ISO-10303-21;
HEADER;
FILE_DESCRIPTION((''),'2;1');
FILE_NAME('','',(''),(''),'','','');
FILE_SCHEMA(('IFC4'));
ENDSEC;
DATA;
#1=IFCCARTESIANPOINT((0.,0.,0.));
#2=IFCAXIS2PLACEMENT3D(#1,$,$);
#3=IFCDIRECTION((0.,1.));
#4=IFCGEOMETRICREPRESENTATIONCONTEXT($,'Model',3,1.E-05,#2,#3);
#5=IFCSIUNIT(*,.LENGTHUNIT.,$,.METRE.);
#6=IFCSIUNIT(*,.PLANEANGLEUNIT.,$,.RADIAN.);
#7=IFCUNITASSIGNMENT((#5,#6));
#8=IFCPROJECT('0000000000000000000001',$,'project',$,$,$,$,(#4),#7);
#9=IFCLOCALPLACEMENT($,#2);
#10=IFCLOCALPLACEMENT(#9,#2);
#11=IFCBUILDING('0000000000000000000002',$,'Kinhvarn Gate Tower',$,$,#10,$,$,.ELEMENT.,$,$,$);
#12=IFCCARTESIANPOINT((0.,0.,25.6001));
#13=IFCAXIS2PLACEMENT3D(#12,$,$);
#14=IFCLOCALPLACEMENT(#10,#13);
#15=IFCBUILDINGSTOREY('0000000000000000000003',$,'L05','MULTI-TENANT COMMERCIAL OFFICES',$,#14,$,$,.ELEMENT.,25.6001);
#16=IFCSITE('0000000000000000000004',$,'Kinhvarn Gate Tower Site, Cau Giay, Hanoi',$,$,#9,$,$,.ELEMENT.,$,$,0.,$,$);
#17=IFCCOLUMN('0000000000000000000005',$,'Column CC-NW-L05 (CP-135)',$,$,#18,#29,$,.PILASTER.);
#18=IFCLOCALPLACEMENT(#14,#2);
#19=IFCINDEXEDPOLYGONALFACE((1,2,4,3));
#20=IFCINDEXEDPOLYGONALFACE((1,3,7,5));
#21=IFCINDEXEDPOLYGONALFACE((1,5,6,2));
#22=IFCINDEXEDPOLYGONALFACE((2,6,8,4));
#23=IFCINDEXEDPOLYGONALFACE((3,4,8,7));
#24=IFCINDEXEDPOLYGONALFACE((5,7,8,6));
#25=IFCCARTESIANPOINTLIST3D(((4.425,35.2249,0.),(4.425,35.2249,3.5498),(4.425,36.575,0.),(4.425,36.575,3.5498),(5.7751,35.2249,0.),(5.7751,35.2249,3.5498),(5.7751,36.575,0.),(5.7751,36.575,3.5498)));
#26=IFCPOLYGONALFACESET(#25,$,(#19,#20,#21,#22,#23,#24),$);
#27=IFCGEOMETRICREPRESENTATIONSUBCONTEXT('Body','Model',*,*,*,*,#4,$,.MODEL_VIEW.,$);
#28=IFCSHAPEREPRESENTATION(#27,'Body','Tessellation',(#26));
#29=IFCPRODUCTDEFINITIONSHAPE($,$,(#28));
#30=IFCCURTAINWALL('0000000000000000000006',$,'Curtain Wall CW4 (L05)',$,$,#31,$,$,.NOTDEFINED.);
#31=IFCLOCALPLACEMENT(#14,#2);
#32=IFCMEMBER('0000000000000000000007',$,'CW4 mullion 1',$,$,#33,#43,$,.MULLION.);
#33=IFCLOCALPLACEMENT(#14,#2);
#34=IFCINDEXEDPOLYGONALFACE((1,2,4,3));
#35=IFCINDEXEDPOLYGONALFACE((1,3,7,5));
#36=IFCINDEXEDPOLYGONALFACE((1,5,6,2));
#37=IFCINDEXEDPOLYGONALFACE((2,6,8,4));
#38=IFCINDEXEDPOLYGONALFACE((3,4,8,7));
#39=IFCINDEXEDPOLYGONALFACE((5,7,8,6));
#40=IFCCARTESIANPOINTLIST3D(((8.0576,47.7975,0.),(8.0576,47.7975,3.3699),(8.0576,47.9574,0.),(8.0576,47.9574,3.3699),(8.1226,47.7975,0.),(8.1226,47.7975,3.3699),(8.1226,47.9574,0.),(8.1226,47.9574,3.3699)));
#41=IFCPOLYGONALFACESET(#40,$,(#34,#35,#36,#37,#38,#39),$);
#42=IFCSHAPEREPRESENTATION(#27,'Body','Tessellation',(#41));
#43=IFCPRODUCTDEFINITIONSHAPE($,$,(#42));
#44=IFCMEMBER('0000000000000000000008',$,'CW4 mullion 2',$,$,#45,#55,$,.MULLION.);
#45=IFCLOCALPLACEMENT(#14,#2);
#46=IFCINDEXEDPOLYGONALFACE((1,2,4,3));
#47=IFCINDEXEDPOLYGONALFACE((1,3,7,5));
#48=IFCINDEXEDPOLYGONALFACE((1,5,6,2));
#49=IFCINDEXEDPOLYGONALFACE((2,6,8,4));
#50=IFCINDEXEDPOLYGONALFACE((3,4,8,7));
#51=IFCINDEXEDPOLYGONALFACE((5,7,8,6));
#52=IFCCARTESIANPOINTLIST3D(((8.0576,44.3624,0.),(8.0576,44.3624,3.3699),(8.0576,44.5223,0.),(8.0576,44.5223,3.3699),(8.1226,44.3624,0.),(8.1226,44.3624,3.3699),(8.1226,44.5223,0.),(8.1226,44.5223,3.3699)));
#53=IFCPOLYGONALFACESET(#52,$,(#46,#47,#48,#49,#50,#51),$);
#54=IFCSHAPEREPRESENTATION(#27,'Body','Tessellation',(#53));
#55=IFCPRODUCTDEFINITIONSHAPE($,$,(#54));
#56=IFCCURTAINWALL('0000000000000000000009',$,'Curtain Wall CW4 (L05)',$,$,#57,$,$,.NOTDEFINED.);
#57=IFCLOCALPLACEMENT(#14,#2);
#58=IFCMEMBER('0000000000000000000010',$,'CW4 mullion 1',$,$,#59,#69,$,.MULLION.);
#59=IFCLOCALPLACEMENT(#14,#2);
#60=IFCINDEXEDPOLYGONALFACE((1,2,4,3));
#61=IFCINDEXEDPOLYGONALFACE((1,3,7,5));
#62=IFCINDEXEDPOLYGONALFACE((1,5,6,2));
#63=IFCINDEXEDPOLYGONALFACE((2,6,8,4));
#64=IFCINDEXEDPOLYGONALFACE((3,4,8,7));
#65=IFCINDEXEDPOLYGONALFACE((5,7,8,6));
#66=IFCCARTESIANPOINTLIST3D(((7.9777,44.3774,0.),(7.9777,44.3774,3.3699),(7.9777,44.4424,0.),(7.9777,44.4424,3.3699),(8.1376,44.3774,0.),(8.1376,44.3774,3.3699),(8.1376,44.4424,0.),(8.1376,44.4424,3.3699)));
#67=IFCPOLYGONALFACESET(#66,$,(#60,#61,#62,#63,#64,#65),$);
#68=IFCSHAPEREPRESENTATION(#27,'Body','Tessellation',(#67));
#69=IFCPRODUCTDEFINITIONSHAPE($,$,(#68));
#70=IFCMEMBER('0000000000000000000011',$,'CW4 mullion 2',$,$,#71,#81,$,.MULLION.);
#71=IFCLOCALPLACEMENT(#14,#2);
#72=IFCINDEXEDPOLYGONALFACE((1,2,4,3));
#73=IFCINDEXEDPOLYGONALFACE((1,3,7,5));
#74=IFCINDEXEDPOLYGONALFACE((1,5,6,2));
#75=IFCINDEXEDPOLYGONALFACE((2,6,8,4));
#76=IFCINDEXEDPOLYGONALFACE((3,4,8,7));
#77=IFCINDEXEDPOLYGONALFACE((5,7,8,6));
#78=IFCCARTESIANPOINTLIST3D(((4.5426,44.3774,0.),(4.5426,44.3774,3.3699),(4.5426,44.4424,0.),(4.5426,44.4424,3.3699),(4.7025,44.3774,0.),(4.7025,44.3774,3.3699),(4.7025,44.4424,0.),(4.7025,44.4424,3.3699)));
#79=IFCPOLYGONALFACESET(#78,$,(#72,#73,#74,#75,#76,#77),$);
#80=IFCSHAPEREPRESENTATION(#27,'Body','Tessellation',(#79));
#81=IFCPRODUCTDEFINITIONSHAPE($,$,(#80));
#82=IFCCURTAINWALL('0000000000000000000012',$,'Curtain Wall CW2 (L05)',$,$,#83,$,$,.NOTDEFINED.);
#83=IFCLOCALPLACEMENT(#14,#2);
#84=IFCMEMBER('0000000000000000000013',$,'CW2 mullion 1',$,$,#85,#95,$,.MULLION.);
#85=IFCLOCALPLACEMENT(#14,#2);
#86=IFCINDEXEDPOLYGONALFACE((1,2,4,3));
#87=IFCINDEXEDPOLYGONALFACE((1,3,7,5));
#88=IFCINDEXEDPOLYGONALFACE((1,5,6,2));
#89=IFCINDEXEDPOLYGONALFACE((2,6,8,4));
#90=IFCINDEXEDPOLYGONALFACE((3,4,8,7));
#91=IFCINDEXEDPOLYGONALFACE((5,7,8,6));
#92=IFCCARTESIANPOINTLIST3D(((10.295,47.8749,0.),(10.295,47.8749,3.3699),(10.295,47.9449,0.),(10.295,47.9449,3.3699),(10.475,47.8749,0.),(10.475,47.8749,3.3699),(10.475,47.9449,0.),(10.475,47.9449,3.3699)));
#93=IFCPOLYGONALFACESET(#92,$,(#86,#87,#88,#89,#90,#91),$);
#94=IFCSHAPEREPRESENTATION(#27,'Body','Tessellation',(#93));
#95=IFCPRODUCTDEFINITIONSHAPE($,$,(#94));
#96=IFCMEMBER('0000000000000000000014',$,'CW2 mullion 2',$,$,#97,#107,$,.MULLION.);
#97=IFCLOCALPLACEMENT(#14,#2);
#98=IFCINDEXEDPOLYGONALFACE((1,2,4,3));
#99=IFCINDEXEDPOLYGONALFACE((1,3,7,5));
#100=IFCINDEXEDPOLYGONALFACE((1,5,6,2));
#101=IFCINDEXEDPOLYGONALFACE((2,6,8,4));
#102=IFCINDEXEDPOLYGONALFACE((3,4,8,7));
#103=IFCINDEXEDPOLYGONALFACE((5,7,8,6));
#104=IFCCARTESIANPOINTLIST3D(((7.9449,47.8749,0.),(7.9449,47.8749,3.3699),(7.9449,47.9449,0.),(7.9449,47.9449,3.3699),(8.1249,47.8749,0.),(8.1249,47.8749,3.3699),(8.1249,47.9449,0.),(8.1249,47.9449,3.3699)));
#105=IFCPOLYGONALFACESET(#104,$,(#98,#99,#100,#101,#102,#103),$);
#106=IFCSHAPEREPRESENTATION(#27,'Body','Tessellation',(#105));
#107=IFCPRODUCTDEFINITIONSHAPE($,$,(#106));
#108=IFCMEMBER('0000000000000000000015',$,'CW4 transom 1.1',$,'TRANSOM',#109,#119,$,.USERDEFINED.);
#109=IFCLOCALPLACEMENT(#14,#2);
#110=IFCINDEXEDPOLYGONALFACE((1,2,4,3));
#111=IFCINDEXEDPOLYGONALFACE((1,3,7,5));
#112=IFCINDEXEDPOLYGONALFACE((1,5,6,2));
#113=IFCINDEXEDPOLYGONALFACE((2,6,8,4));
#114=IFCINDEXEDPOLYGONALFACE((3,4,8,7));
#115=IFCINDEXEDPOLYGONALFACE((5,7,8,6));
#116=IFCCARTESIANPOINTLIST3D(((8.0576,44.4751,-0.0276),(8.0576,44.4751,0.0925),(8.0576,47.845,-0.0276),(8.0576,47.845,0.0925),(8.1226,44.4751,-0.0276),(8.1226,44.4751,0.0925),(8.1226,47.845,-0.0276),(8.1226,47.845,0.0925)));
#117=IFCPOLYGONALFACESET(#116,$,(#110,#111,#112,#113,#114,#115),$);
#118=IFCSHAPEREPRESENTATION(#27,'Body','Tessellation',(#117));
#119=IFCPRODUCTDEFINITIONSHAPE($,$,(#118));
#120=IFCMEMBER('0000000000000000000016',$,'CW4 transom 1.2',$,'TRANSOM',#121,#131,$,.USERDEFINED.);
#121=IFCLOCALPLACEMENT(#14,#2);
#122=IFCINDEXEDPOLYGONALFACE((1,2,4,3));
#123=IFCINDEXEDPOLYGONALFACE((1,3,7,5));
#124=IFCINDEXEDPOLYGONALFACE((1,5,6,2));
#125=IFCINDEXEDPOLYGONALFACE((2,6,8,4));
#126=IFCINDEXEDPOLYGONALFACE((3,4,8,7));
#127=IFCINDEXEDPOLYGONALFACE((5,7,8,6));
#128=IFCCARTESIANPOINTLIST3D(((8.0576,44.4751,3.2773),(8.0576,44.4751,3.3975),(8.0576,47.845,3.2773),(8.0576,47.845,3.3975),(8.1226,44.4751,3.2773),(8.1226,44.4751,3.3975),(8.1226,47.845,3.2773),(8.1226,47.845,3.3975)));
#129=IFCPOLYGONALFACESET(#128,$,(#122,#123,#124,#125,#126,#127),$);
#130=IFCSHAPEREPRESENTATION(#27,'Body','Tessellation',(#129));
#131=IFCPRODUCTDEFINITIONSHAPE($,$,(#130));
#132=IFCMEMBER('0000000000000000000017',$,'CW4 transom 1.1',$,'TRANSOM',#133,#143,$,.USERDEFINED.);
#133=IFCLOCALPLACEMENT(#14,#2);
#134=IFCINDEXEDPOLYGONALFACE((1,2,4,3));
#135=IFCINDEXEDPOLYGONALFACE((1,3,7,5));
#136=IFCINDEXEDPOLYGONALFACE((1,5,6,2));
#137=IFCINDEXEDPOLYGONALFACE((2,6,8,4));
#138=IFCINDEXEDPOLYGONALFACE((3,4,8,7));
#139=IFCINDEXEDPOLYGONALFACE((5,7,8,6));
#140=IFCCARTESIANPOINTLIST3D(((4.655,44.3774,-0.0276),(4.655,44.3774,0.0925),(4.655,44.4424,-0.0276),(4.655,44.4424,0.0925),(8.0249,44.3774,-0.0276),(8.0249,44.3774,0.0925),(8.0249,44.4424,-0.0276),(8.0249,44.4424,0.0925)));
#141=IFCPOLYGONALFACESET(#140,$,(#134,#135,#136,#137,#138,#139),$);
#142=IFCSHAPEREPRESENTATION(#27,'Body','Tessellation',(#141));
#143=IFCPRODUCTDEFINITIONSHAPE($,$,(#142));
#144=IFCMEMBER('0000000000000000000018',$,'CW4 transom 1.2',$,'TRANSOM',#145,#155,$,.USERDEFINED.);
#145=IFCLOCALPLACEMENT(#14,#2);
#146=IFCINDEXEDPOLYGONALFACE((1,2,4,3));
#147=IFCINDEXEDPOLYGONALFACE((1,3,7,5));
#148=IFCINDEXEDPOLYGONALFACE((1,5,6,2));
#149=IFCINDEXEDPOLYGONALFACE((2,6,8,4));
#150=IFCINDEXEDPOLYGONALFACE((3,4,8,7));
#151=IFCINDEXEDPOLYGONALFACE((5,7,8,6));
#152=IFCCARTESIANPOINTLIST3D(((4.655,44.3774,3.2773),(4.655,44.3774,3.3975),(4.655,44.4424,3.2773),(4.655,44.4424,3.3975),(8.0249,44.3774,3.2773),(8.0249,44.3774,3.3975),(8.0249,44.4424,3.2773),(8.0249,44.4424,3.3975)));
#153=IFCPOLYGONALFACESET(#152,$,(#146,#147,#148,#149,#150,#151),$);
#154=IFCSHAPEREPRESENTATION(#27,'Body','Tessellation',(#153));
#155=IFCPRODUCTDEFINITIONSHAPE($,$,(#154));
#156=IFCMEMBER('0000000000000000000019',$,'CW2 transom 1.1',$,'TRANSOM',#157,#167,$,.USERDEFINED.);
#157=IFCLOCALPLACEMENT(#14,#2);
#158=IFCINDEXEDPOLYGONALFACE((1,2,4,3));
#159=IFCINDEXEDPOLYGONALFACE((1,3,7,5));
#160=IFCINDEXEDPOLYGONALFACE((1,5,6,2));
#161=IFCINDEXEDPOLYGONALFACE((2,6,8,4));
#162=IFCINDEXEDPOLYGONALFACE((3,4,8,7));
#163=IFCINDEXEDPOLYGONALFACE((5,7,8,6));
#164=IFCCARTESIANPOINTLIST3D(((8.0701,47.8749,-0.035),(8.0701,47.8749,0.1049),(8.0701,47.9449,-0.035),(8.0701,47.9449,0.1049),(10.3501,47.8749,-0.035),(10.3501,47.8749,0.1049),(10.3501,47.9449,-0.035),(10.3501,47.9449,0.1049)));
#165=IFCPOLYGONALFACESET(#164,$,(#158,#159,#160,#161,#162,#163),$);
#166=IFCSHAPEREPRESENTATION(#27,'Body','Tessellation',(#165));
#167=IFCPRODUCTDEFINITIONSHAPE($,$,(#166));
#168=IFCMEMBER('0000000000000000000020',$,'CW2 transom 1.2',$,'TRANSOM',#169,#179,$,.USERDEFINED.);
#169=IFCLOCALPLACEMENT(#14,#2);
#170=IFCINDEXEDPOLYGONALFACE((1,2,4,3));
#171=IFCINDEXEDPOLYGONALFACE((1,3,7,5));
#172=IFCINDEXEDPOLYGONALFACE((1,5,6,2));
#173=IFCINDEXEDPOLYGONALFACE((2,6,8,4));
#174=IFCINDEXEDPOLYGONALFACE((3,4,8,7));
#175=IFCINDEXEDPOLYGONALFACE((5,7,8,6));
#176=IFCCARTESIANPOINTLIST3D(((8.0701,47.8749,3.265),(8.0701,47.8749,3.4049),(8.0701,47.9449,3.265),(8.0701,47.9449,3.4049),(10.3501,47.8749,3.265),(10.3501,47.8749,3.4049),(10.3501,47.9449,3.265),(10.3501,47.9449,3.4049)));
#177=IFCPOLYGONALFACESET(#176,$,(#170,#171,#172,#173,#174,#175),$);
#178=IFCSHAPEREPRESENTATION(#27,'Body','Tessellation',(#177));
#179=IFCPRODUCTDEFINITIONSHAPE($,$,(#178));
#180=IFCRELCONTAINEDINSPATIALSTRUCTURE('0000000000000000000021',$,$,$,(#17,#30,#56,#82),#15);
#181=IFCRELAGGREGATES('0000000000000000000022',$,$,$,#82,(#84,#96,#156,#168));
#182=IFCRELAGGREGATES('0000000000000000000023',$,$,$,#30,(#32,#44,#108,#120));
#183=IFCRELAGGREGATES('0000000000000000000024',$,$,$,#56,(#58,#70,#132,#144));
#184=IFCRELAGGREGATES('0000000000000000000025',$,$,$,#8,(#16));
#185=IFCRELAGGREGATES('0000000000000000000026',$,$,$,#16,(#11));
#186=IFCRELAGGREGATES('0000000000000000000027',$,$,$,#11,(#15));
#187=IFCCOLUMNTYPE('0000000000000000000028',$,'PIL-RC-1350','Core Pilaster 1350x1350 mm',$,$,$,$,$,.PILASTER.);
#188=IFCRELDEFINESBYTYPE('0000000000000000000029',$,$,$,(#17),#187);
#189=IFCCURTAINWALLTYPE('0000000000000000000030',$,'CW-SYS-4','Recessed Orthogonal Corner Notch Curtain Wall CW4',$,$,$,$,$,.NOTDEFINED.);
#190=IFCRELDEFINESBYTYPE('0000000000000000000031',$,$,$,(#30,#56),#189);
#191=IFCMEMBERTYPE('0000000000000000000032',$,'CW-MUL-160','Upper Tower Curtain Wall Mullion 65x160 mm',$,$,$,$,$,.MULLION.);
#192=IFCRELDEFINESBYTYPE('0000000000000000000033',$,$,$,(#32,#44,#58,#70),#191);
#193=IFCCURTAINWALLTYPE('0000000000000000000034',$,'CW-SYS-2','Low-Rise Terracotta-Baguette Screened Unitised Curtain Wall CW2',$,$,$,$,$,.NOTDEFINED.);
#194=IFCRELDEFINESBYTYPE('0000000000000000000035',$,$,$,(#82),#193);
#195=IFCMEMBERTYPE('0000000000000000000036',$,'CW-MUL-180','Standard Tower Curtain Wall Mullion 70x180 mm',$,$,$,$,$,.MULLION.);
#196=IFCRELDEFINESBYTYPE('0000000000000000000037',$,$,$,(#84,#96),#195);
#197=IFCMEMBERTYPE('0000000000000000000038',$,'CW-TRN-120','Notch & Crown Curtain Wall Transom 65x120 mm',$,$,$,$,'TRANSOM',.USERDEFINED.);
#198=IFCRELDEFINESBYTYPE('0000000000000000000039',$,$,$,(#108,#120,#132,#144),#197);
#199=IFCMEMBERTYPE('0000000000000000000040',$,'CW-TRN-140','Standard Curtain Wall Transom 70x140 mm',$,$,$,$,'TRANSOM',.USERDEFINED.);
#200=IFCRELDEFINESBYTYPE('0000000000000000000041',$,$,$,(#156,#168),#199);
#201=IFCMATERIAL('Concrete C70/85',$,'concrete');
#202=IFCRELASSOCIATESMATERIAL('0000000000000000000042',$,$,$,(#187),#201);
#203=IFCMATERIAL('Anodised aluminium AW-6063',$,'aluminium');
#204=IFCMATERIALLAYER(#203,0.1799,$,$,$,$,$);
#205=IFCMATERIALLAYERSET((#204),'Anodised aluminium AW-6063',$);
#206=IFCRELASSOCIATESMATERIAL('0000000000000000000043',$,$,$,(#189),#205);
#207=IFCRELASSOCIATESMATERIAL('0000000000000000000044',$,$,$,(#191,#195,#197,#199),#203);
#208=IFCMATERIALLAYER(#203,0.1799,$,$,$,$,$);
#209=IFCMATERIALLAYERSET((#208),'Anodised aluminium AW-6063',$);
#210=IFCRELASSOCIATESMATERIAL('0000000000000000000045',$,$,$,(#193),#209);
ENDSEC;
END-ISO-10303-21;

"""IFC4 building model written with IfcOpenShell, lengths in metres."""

from ifc_helpers import new_model, si_unit, direction, frame, origin, origin_2d, place, context, subcontext, project, spatial, rectangle, extrude, material, layer, layer_set, material_profile, profile_set, type_object, element, aggregate, save


model = new_model("IFC4")

# Units and contexts
model_context = context("Model", 3, precision=1e-05, world=origin(), true_north=direction((0.0, 1.0)))
body_context = subcontext(model_context, "Body", "Model", "MODEL_VIEW")
ifc_project = project(units=[si_unit("LENGTHUNIT", "METRE"), si_unit("PLANEANGLEUNIT", "RADIAN")], contexts=[model_context])

# Site, building, storey
site_placement = place(None, origin())
site = spatial("IfcSite", under=ifc_project, at=site_placement, Name="Kinhvarn Gate Tower Site, Cau Giay, Hanoi", CompositionType="ELEMENT", RefElevation=0.0)
building_placement = place(site_placement, origin())
building = spatial("IfcBuilding", under=site, at=building_placement, Name="Kinhvarn Gate Tower", CompositionType="ELEMENT")
storey_placement = place(building_placement, frame((0.0, 0.0, 25.6001)))
storey = spatial("IfcBuildingStorey", under=building, at=storey_placement, Name="L05", Description="MULTI-TENANT COMMERCIAL OFFICES", CompositionType="ELEMENT", Elevation=25.6001)

# Column
ifc_material_1 = material(Name="Concrete C70/85", Category="concrete")
ifc_material_profile_1 = material_profile(ifc_material_1, rectangle(XDim=1.3501, YDim=1.3501, at=origin_2d()), Name="RC 1350x1350")
ifc_profile_set_1 = profile_set([ifc_material_profile_1], Name="Concrete C70/85")
column_type = type_object("IfcColumnType", Name="PIL-RC-1350", Description="Core Pilaster 1350x1350 mm", PredefinedType="PILASTER", material=ifc_profile_set_1)
column_placement = place(storey_placement, frame((5.1001, 35.8999, 0.0), z_axis=(0.0, 0.0, 1.0), x_axis=(1.0, 0.0, 0.0)))
element("IfcColumn", 1, at=column_placement, inside=storey, type_object=column_type, Name="Column CC-NW-L05 (CP-135)", PredefinedType="PILASTER", context=body_context, shape_type="SweptSolid", body=[
    extrude(rectangle(XDim=1.3501, YDim=1.3501, at=origin_2d()), origin(), (0.0, 0.0, 1.0), 3.5498),
])

# Curtain walls, members
ifc_material_2 = material(Name="Anodised aluminium AW-6063", Category="aluminium")
ifc_layer_1 = layer(ifc_material_2, 0.1799)
ifc_layer_set_1 = layer_set([ifc_layer_1], Name="Anodised aluminium AW-6063")
curtain_wall_type_1 = type_object("IfcCurtainWallType", Name="CW-SYS-4", Description="Recessed Orthogonal Corner Notch Curtain Wall CW4", PredefinedType="NOTDEFINED", material=ifc_layer_set_1)
curtain_wall_1_placement = place(storey_placement, origin())
curtain_wall_1 = element("IfcCurtainWall", 2, at=curtain_wall_1_placement, inside=storey, type_object=curtain_wall_type_1, Name="Curtain Wall CW4 (L05)", PredefinedType="NOTDEFINED")
ifc_material_profile_2 = material_profile(ifc_material_2, rectangle(XDim=0.0649, YDim=0.1599, at=origin_2d()), Name="ALU 65x160")
ifc_profile_set_2 = profile_set([ifc_material_profile_2], Name="Anodised aluminium AW-6063")
member_type_1 = type_object("IfcMemberType", Name="CW-MUL-160", Description="Upper Tower Curtain Wall Mullion 65x160 mm", PredefinedType="MULLION", material=ifc_profile_set_2)
member_1_placement = place(storey_placement, frame((8.0901, 47.8774, 0.0), z_axis=(0.0, 0.0, 1.0), x_axis=(1.0, 0.0, 0.0)))
member_1 = element("IfcMember", 3, at=member_1_placement, type_object=member_type_1, Name="CW4 mullion 1", PredefinedType="MULLION", context=body_context, shape_type="SweptSolid", body=[
    extrude(rectangle(XDim=0.0649, YDim=0.1599, at=origin_2d()), origin(), (0.0, 0.0, 1.0), 3.3699),
])
member_2_placement = place(storey_placement, frame((8.0901, 44.4424, 0.0), z_axis=(0.0, 0.0, 1.0), x_axis=(1.0, 0.0, 0.0)))
member_2 = element("IfcMember", 4, at=member_2_placement, type_object=member_type_1, Name="CW4 mullion 2", PredefinedType="MULLION", context=body_context, shape_type="SweptSolid", body=[
    extrude(rectangle(XDim=0.0649, YDim=0.1599, at=origin_2d()), origin(), (0.0, 0.0, 1.0), 3.3699),
])
curtain_wall_2_placement = place(storey_placement, origin())
curtain_wall_2 = element("IfcCurtainWall", 5, at=curtain_wall_2_placement, inside=storey, type_object=curtain_wall_type_1, Name="Curtain Wall CW4 (L05)", PredefinedType="NOTDEFINED")
member_3_placement = place(storey_placement, frame((8.0576, 44.4099, 0.0), z_axis=(0.0, 0.0, 1.0), x_axis=(0.0, -1.0, 0.0)))
member_3 = element("IfcMember", 6, at=member_3_placement, type_object=member_type_1, Name="CW4 mullion 1", PredefinedType="MULLION", context=body_context, shape_type="SweptSolid", body=[
    extrude(rectangle(XDim=0.0649, YDim=0.1599, at=origin_2d()), origin(), (0.0, 0.0, 1.0), 3.3699),
])
member_4_placement = place(storey_placement, frame((4.6226, 44.4099, 0.0), z_axis=(0.0, 0.0, 1.0), x_axis=(0.0, -1.0, 0.0)))
member_4 = element("IfcMember", 7, at=member_4_placement, type_object=member_type_1, Name="CW4 mullion 2", PredefinedType="MULLION", context=body_context, shape_type="SweptSolid", body=[
    extrude(rectangle(XDim=0.0649, YDim=0.1599, at=origin_2d()), origin(), (0.0, 0.0, 1.0), 3.3699),
])
ifc_layer_2 = layer(ifc_material_2, 0.1799)
ifc_layer_set_2 = layer_set([ifc_layer_2], Name="Anodised aluminium AW-6063")
curtain_wall_type_2 = type_object("IfcCurtainWallType", Name="CW-SYS-2", Description="Low-Rise Terracotta-Baguette Screened Unitised Curtain Wall CW2", PredefinedType="NOTDEFINED", material=ifc_layer_set_2)
curtain_wall_3_placement = place(storey_placement, origin())
curtain_wall_3 = element("IfcCurtainWall", 8, at=curtain_wall_3_placement, inside=storey, type_object=curtain_wall_type_2, Name="Curtain Wall CW2 (L05)", PredefinedType="NOTDEFINED")
ifc_material_profile_3 = material_profile(ifc_material_2, rectangle(XDim=0.0701, YDim=0.1799, at=origin_2d()), Name="ALU 70x180")
ifc_profile_set_3 = profile_set([ifc_material_profile_3], Name="Anodised aluminium AW-6063")
member_type_2 = type_object("IfcMemberType", Name="CW-MUL-180", Description="Standard Tower Curtain Wall Mullion 70x180 mm", PredefinedType="MULLION", material=ifc_profile_set_3)
member_5_placement = place(storey_placement, frame((10.385, 47.9099, 0.0), z_axis=(0.0, 0.0, 1.0), x_axis=(0.0, -1.0, 0.0)))
member_5 = element("IfcMember", 9, at=member_5_placement, type_object=member_type_2, Name="CW2 mullion 1", PredefinedType="MULLION", context=body_context, shape_type="SweptSolid", body=[
    extrude(rectangle(XDim=0.0701, YDim=0.1799, at=origin_2d()), origin(), (0.0, 0.0, 1.0), 3.3699),
])
member_6_placement = place(storey_placement, frame((8.0349, 47.9099, 0.0), z_axis=(0.0, 0.0, 1.0), x_axis=(0.0, -1.0, 0.0)))
member_6 = element("IfcMember", 10, at=member_6_placement, type_object=member_type_2, Name="CW2 mullion 2", PredefinedType="MULLION", context=body_context, shape_type="SweptSolid", body=[
    extrude(rectangle(XDim=0.0701, YDim=0.1799, at=origin_2d()), origin(), (0.0, 0.0, 1.0), 3.3699),
])

# Members
ifc_material_profile_4 = material_profile(ifc_material_2, rectangle(XDim=0.0649, YDim=0.1201, at=origin_2d()), Name="ALU 65x120")
ifc_profile_set_4 = profile_set([ifc_material_profile_4], Name="Anodised aluminium AW-6063")
member_type_3 = type_object("IfcMemberType", Name="CW-TRN-120", Description="Notch & Crown Curtain Wall Transom 65x120 mm", ElementType="TRANSOM", PredefinedType="USERDEFINED", material=ifc_profile_set_4)
member_7_placement = place(storey_placement, frame((8.0901, 47.845, 0.0325), z_axis=(0.0, -1.0, 0.0), x_axis=(1.0, 0.0, 0.0)))
member_7 = element("IfcMember", 11, at=member_7_placement, type_object=member_type_3, Name="CW4 transom 1.1", ObjectType="TRANSOM", PredefinedType="USERDEFINED", context=body_context, shape_type="SweptSolid", body=[
    extrude(rectangle(XDim=0.0649, YDim=0.1201, at=origin_2d()), origin(), (0.0, 0.0, 1.0), 3.3699),
])
member_8_placement = place(storey_placement, frame((8.0901, 47.845, 3.3374), z_axis=(0.0, -1.0, 0.0), x_axis=(1.0, 0.0, 0.0)))
member_8 = element("IfcMember", 12, at=member_8_placement, type_object=member_type_3, Name="CW4 transom 1.2", ObjectType="TRANSOM", PredefinedType="USERDEFINED", context=body_context, shape_type="SweptSolid", body=[
    extrude(rectangle(XDim=0.0649, YDim=0.1201, at=origin_2d()), origin(), (0.0, 0.0, 1.0), 3.3699),
])
member_9_placement = place(storey_placement, frame((8.0249, 44.4099, 0.0325), z_axis=(-1.0, 0.0, 0.0), x_axis=(0.0, -1.0, 0.0)))
member_9 = element("IfcMember", 13, at=member_9_placement, type_object=member_type_3, Name="CW4 transom 1.1", ObjectType="TRANSOM", PredefinedType="USERDEFINED", context=body_context, shape_type="SweptSolid", body=[
    extrude(rectangle(XDim=0.0649, YDim=0.1201, at=origin_2d()), origin(), (0.0, 0.0, 1.0), 3.3699),
])
member_10_placement = place(storey_placement, frame((8.0249, 44.4099, 3.3374), z_axis=(-1.0, 0.0, 0.0), x_axis=(0.0, -1.0, 0.0)))
member_10 = element("IfcMember", 14, at=member_10_placement, type_object=member_type_3, Name="CW4 transom 1.2", ObjectType="TRANSOM", PredefinedType="USERDEFINED", context=body_context, shape_type="SweptSolid", body=[
    extrude(rectangle(XDim=0.0649, YDim=0.1201, at=origin_2d()), origin(), (0.0, 0.0, 1.0), 3.3699),
])
ifc_material_profile_5 = material_profile(ifc_material_2, rectangle(XDim=0.0701, YDim=0.1399, at=origin_2d()), Name="ALU 70x140")
ifc_profile_set_5 = profile_set([ifc_material_profile_5], Name="Anodised aluminium AW-6063")
member_type_4 = type_object("IfcMemberType", Name="CW-TRN-140", Description="Standard Curtain Wall Transom 70x140 mm", ElementType="TRANSOM", PredefinedType="USERDEFINED", material=ifc_profile_set_5)
member_11_placement = place(storey_placement, frame((10.3501, 47.9099, 0.0349), z_axis=(-1.0, 0.0, 0.0), x_axis=(0.0, -1.0, 0.0)))
member_11 = element("IfcMember", 15, at=member_11_placement, type_object=member_type_4, Name="CW2 transom 1.1", ObjectType="TRANSOM", PredefinedType="USERDEFINED", context=body_context, shape_type="SweptSolid", body=[
    extrude(rectangle(XDim=0.0701, YDim=0.1399, at=origin_2d()), origin(), (0.0, 0.0, 1.0), 2.28),
])
member_12_placement = place(storey_placement, frame((10.3501, 47.9099, 3.335), z_axis=(-1.0, 0.0, 0.0), x_axis=(0.0, -1.0, 0.0)))
member_12 = element("IfcMember", 16, at=member_12_placement, type_object=member_type_4, Name="CW2 transom 1.2", ObjectType="TRANSOM", PredefinedType="USERDEFINED", context=body_context, shape_type="SweptSolid", body=[
    extrude(rectangle(XDim=0.0701, YDim=0.1399, at=origin_2d()), origin(), (0.0, 0.0, 1.0), 2.28),
])

aggregate(curtain_wall_3, [member_5, member_6, member_11, member_12])
aggregate(curtain_wall_1, [member_1, member_2, member_7, member_8])
aggregate(curtain_wall_2, [member_3, member_4, member_9, member_10])

save(model, "model.ifc")
